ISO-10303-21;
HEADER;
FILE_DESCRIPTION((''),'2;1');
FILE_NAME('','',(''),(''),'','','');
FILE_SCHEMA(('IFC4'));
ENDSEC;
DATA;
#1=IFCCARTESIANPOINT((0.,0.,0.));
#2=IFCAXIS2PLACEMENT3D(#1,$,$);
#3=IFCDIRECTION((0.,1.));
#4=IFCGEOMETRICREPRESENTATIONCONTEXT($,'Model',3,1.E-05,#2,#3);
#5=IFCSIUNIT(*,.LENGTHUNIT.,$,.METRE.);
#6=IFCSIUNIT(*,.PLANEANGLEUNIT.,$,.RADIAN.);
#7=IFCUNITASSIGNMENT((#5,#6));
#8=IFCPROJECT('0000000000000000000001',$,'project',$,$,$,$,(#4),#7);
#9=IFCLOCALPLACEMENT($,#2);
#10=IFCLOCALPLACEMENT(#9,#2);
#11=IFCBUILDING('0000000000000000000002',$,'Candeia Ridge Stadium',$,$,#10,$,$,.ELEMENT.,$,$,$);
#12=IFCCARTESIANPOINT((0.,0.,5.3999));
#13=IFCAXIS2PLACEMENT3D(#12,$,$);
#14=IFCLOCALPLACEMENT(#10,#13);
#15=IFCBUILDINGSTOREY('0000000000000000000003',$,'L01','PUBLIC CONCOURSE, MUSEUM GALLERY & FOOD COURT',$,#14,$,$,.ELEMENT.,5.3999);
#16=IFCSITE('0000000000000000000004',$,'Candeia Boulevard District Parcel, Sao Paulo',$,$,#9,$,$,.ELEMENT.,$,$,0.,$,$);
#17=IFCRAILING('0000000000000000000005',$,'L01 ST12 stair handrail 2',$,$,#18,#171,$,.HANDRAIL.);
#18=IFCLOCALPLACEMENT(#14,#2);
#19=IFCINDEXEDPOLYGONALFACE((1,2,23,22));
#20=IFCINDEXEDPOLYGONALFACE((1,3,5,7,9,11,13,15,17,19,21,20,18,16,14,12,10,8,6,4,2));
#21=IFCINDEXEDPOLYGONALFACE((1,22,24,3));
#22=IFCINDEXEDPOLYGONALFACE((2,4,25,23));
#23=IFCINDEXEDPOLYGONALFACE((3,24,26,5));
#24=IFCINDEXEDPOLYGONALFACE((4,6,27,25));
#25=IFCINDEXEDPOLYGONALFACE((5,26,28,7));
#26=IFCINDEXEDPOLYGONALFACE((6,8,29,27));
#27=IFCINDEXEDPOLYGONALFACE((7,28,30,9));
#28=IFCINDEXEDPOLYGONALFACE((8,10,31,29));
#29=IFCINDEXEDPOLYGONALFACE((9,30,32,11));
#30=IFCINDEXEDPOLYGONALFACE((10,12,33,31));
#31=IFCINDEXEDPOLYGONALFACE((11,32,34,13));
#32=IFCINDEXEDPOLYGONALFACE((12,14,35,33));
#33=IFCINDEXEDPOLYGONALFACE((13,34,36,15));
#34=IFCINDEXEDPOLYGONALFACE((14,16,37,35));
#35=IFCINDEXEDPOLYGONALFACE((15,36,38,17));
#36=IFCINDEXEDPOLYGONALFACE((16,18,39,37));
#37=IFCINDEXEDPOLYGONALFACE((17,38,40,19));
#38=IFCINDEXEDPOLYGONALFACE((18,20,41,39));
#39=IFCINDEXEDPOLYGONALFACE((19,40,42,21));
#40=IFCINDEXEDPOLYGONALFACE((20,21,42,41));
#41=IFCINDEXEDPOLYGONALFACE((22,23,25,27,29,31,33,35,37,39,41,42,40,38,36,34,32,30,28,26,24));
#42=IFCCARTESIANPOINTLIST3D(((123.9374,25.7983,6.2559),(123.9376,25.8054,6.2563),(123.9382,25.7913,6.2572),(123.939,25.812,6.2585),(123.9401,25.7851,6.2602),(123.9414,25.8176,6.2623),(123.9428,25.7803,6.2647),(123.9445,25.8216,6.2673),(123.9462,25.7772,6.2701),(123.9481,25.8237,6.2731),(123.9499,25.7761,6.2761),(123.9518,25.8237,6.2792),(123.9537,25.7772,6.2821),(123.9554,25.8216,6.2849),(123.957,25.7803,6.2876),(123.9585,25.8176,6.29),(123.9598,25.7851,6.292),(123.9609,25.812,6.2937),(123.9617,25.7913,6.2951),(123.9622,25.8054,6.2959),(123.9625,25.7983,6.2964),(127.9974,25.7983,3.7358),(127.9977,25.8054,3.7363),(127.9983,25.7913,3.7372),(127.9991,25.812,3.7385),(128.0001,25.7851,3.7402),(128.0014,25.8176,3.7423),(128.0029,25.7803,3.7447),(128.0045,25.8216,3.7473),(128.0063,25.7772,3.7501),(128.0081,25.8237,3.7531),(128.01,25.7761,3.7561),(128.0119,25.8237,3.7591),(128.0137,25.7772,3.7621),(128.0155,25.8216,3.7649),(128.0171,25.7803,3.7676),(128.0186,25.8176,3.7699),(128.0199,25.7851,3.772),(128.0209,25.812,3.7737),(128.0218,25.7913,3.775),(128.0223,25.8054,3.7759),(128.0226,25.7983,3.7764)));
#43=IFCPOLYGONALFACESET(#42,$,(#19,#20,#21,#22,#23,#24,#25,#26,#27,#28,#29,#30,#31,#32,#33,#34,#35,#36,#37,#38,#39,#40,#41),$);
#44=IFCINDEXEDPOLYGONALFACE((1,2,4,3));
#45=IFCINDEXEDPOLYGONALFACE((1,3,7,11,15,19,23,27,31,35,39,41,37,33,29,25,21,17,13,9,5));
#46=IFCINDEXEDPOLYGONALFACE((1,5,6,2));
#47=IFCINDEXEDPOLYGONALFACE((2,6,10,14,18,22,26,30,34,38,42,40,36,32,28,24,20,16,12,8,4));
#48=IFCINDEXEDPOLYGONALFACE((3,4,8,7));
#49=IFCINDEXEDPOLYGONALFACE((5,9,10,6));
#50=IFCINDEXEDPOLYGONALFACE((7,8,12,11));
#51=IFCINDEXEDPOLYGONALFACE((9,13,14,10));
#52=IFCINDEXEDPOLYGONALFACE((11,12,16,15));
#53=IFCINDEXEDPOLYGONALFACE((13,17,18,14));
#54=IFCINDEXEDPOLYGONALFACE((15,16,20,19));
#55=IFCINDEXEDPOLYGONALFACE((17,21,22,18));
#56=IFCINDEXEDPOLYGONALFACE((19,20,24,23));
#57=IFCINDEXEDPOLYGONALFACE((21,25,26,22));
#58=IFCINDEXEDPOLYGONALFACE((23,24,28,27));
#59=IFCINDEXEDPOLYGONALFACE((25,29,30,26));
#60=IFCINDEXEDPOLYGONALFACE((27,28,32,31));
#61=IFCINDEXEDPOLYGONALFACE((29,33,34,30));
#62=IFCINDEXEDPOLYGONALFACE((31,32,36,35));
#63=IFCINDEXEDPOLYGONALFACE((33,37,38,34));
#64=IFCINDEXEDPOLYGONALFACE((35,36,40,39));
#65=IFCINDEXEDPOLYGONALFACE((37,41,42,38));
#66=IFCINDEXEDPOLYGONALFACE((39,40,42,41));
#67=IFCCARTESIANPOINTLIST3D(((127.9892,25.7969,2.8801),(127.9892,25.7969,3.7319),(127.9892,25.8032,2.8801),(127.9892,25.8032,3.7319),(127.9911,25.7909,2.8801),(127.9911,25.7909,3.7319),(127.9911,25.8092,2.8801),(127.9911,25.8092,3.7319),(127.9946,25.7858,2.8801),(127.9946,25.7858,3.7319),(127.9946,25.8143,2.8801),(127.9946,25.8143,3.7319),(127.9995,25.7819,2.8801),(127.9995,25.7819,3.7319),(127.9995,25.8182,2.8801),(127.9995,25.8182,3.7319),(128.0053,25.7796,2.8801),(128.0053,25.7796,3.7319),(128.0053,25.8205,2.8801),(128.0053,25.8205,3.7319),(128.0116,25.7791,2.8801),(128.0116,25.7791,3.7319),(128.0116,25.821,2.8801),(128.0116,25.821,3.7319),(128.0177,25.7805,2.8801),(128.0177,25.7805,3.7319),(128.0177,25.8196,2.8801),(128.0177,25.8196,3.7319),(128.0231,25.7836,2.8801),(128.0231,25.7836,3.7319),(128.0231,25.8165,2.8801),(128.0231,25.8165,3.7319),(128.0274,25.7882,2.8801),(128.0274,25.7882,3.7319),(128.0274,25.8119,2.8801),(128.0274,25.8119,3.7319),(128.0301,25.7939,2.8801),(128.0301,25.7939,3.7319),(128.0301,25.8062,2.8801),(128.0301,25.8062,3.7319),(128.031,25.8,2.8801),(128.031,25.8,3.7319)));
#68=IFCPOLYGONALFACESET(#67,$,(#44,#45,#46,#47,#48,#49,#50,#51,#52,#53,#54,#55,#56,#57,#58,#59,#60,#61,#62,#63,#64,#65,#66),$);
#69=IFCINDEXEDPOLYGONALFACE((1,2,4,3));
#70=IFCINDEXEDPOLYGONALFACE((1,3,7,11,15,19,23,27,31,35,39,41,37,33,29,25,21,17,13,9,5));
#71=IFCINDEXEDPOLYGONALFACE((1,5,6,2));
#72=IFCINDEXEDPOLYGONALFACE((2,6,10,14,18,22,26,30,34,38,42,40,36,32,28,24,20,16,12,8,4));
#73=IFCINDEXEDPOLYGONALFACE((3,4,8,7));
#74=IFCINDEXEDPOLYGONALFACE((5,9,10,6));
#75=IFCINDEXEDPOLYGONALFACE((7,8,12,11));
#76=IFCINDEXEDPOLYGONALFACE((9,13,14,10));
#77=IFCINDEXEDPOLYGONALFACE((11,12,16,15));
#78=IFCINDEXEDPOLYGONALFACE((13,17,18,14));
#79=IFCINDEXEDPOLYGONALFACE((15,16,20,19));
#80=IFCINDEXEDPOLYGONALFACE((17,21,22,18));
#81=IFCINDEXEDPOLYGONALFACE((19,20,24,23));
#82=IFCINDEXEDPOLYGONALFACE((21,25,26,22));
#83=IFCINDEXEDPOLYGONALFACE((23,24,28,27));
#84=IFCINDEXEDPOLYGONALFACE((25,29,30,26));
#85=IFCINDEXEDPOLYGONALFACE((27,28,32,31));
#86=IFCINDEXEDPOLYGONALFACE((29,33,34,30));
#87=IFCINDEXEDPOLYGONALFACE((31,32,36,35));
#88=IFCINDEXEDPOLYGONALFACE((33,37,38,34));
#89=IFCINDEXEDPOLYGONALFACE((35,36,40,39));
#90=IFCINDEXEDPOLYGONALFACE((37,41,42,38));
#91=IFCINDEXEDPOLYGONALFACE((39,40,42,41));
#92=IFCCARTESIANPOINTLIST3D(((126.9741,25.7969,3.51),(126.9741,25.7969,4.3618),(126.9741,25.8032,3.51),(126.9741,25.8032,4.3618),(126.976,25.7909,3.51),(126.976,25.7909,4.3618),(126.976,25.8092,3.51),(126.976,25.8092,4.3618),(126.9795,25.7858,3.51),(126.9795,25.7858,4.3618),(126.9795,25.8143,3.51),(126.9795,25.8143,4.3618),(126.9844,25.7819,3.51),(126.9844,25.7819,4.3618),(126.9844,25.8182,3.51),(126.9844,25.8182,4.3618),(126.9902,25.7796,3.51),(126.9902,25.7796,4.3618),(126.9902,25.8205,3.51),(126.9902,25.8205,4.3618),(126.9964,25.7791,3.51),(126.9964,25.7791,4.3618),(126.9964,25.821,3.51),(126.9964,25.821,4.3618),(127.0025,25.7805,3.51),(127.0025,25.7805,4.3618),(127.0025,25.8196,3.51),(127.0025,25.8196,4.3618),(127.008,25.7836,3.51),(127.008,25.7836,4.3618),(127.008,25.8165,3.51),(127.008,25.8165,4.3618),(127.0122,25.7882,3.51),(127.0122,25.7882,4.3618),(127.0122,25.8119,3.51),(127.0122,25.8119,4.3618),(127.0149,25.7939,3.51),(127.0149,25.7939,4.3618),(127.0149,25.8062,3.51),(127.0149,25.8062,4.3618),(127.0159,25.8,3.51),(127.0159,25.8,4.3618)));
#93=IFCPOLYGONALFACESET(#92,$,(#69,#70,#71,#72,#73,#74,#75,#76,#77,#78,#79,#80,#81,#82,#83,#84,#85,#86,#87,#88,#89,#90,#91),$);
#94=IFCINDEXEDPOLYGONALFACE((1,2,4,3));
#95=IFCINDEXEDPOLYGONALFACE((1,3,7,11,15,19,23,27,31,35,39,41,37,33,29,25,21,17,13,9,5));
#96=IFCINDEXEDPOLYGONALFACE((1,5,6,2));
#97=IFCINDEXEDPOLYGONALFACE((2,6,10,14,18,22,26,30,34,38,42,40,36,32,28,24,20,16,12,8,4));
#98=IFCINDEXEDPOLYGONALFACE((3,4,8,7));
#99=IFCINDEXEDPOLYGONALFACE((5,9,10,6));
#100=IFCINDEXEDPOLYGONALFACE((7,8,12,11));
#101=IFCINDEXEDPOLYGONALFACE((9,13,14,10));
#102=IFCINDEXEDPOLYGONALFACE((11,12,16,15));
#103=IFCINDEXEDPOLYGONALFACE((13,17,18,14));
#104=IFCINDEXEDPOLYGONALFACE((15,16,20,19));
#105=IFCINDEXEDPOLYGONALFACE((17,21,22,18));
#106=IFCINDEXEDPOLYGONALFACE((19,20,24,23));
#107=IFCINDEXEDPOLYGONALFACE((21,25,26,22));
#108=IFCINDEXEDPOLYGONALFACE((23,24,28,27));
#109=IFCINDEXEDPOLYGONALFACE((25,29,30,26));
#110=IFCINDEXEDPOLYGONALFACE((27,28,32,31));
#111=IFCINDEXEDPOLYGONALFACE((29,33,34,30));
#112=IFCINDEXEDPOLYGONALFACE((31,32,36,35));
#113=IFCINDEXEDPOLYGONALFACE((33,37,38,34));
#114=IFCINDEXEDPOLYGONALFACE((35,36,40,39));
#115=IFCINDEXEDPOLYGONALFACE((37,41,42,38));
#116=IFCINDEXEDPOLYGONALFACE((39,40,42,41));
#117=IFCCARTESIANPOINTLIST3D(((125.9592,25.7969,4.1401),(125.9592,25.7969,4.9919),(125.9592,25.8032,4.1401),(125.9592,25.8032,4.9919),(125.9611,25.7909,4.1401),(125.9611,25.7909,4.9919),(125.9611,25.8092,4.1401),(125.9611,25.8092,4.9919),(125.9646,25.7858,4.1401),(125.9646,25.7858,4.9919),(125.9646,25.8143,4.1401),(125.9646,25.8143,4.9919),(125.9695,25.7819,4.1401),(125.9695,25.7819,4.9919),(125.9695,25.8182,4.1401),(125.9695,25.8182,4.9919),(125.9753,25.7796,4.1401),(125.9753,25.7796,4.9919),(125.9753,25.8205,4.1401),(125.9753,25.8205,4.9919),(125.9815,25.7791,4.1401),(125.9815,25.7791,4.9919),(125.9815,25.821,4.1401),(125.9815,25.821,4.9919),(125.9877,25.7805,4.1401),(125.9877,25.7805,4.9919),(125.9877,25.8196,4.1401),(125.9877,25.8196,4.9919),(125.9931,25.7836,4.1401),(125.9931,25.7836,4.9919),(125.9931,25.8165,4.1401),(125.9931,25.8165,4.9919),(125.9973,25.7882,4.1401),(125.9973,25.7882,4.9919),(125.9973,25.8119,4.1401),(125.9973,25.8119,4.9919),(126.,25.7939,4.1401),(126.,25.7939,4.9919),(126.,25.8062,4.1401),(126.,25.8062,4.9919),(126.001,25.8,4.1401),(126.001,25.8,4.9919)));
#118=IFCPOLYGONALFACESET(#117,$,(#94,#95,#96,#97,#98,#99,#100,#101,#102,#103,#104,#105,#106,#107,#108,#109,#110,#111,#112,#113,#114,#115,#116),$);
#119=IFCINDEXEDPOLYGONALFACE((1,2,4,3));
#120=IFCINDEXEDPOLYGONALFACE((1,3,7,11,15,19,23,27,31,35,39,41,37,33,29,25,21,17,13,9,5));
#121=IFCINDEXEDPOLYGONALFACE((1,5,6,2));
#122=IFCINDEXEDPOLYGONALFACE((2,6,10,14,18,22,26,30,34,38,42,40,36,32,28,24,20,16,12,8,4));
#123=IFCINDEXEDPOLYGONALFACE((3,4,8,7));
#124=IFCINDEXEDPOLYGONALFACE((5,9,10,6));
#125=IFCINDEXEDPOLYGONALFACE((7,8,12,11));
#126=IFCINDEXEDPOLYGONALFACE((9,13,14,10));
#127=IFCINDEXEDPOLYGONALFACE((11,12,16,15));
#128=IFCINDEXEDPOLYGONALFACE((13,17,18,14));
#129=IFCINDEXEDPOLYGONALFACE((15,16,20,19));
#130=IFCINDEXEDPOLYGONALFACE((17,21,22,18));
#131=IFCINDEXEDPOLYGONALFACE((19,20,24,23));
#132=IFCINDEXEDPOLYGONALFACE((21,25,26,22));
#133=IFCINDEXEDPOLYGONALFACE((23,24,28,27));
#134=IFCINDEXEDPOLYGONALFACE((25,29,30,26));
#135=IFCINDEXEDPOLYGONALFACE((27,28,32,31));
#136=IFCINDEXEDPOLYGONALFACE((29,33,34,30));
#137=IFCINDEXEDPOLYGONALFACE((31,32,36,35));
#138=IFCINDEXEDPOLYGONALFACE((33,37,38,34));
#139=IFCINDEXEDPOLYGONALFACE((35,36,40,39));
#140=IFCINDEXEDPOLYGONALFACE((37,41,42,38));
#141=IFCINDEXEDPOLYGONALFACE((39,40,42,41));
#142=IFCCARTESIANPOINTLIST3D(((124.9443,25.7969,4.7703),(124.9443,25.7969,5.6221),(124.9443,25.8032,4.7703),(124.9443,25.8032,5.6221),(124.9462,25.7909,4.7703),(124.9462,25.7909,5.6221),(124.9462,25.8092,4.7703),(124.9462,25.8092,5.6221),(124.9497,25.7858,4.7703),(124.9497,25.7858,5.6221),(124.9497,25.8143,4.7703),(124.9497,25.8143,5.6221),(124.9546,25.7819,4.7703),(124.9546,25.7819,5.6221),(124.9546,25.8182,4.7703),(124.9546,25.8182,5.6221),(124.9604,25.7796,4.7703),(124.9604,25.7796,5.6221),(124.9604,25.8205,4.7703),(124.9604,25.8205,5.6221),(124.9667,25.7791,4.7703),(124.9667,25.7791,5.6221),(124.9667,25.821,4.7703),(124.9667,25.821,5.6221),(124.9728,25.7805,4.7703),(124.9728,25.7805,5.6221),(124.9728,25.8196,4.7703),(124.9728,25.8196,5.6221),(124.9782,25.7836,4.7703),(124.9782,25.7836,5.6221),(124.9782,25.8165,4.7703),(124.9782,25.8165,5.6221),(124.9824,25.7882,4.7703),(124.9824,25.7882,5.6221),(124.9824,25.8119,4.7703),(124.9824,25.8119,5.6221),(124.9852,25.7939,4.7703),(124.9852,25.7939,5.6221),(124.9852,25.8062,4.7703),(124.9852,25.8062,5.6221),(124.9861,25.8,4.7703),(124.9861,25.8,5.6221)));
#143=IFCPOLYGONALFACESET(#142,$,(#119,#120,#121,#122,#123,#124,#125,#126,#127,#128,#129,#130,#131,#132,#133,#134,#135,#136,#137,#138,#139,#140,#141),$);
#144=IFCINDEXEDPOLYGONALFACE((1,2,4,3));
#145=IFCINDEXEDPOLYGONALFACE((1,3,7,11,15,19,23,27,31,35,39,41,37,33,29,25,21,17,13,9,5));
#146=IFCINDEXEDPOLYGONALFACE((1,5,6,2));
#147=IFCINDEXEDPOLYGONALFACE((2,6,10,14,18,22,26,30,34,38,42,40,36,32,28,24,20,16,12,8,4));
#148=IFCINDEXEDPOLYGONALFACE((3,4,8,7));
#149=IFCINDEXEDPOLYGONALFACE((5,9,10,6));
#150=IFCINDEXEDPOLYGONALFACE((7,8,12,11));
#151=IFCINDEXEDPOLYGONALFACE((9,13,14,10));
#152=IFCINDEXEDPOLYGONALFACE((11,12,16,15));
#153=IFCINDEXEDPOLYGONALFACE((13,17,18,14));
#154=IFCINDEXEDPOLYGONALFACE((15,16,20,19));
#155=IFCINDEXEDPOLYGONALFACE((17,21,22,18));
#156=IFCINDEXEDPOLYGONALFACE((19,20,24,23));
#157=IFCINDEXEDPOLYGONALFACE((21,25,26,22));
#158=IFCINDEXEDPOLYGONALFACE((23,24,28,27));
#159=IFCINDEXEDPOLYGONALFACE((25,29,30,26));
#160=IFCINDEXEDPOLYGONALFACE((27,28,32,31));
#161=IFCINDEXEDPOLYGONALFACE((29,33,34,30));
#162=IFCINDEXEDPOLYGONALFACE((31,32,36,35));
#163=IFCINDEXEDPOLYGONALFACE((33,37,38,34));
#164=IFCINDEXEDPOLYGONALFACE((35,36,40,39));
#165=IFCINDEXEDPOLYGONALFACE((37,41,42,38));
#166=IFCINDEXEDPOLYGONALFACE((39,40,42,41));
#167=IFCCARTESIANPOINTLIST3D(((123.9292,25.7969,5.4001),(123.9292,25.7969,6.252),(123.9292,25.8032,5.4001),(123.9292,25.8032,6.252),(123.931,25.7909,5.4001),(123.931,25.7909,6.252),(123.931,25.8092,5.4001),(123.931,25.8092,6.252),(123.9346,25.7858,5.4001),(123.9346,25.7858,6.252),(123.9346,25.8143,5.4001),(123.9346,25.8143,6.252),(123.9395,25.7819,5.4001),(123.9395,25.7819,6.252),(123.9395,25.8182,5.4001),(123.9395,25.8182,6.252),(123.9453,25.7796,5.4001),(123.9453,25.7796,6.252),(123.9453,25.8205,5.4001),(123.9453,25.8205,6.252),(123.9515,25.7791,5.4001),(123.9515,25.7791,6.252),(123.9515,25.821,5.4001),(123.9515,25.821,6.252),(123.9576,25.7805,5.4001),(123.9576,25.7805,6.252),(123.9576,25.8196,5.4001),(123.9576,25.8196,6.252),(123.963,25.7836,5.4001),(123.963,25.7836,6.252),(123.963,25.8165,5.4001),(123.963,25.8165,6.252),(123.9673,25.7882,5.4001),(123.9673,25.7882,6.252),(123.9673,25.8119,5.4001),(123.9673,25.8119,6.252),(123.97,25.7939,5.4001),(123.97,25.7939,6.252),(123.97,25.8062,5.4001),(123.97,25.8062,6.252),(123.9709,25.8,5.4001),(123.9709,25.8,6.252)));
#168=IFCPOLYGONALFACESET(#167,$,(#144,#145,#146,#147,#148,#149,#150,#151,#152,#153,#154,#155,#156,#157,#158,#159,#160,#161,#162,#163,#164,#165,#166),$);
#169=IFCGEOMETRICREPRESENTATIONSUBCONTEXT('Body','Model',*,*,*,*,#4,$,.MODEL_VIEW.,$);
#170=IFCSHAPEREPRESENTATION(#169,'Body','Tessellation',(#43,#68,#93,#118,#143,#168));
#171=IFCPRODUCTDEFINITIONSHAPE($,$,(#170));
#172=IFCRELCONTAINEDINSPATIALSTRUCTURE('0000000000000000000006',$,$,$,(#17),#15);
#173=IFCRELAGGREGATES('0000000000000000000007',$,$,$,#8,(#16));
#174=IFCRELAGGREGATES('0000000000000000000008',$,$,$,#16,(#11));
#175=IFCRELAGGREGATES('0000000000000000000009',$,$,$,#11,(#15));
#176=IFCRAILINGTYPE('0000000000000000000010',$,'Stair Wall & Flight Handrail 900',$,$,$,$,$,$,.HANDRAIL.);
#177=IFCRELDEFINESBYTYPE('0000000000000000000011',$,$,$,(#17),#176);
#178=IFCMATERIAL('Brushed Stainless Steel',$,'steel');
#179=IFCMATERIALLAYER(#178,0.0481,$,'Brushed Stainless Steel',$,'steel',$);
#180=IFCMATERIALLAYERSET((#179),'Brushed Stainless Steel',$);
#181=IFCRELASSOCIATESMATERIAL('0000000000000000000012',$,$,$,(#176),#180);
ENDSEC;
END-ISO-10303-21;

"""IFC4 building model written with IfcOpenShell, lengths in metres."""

from ifc_helpers import new_model, si_unit, direction, frame, origin, origin_2d, place, context, subcontext, project, spatial, circle, extrude, material, layer, layer_set, type_object, element, save


model = new_model("IFC4")

# Units and contexts
model_context = context("Model", 3, precision=1e-05, world=origin(), true_north=direction((0.0, 1.0)))
body_context = subcontext(model_context, "Body", "Model", "MODEL_VIEW")
ifc_project = project(units=[si_unit("LENGTHUNIT", "METRE"), si_unit("PLANEANGLEUNIT", "RADIAN")], contexts=[model_context])

# Site, building, storey
site_placement = place(None, origin())
site = spatial("IfcSite", under=ifc_project, at=site_placement, Name="Candeia Boulevard District Parcel, Sao Paulo", CompositionType="ELEMENT", RefElevation=0.0)
building_placement = place(site_placement, origin())
building = spatial("IfcBuilding", under=site, at=building_placement, Name="Candeia Ridge Stadium", CompositionType="ELEMENT")
storey_placement = place(building_placement, frame((0.0, 0.0, 5.3999)))
storey = spatial("IfcBuildingStorey", under=building, at=storey_placement, Name="L01", Description="PUBLIC CONCOURSE, MUSEUM GALLERY & FOOD COURT", CompositionType="ELEMENT", Elevation=5.3999)

# Railing
ifc_material_1 = material(Name="Brushed Stainless Steel", Category="steel")
ifc_layer_1 = layer(ifc_material_1, 0.0481, Name="Brushed Stainless Steel", Category="steel")
ifc_layer_set_1 = layer_set([ifc_layer_1], Name="Brushed Stainless Steel")
railing_type_1 = type_object("IfcRailingType", Name="Stair Wall & Flight Handrail 900", PredefinedType="HANDRAIL", material=ifc_layer_set_1)
railing_1_placement = place(storey_placement, frame((128.01, 25.8, 2.8801)))
element("IfcRailing", 1, at=railing_1_placement, inside=storey, type_object=railing_type_1, Name="L01 ST12 stair handrail 2", PredefinedType="HANDRAIL", context=body_context, shape_type="SweptSolid", body=[
    extrude(circle(Radius=0.0239, at=origin_2d()), frame((0.0, 0.0, 0.876), z_axis=(-0.849642, 0.0, 0.52736), x_axis=(0.0, -1.0, 0.0)), (0.0, 0.0, 1.0), 4.7786),
    extrude(circle(Radius=0.021, at=origin_2d()), origin(), (0.0, 0.0, 1.0), 0.8518),
    extrude(circle(Radius=0.021, at=origin_2d()), frame((-1.0151, 0.0, 0.6299)), (0.0, 0.0, 1.0), 0.8518),
    extrude(circle(Radius=0.021, at=origin_2d()), frame((-2.03, 0.0, 1.26)), (0.0, 0.0, 1.0), 0.8518),
    extrude(circle(Radius=0.021, at=origin_2d()), frame((-3.0449, 0.0, 1.8901)), (0.0, 0.0, 1.0), 0.8518),
    extrude(circle(Radius=0.021, at=origin_2d()), frame((-4.0601, 0.0, 2.52)), (0.0, 0.0, 1.0), 0.8518),
])

save(model, "model.ifc")
